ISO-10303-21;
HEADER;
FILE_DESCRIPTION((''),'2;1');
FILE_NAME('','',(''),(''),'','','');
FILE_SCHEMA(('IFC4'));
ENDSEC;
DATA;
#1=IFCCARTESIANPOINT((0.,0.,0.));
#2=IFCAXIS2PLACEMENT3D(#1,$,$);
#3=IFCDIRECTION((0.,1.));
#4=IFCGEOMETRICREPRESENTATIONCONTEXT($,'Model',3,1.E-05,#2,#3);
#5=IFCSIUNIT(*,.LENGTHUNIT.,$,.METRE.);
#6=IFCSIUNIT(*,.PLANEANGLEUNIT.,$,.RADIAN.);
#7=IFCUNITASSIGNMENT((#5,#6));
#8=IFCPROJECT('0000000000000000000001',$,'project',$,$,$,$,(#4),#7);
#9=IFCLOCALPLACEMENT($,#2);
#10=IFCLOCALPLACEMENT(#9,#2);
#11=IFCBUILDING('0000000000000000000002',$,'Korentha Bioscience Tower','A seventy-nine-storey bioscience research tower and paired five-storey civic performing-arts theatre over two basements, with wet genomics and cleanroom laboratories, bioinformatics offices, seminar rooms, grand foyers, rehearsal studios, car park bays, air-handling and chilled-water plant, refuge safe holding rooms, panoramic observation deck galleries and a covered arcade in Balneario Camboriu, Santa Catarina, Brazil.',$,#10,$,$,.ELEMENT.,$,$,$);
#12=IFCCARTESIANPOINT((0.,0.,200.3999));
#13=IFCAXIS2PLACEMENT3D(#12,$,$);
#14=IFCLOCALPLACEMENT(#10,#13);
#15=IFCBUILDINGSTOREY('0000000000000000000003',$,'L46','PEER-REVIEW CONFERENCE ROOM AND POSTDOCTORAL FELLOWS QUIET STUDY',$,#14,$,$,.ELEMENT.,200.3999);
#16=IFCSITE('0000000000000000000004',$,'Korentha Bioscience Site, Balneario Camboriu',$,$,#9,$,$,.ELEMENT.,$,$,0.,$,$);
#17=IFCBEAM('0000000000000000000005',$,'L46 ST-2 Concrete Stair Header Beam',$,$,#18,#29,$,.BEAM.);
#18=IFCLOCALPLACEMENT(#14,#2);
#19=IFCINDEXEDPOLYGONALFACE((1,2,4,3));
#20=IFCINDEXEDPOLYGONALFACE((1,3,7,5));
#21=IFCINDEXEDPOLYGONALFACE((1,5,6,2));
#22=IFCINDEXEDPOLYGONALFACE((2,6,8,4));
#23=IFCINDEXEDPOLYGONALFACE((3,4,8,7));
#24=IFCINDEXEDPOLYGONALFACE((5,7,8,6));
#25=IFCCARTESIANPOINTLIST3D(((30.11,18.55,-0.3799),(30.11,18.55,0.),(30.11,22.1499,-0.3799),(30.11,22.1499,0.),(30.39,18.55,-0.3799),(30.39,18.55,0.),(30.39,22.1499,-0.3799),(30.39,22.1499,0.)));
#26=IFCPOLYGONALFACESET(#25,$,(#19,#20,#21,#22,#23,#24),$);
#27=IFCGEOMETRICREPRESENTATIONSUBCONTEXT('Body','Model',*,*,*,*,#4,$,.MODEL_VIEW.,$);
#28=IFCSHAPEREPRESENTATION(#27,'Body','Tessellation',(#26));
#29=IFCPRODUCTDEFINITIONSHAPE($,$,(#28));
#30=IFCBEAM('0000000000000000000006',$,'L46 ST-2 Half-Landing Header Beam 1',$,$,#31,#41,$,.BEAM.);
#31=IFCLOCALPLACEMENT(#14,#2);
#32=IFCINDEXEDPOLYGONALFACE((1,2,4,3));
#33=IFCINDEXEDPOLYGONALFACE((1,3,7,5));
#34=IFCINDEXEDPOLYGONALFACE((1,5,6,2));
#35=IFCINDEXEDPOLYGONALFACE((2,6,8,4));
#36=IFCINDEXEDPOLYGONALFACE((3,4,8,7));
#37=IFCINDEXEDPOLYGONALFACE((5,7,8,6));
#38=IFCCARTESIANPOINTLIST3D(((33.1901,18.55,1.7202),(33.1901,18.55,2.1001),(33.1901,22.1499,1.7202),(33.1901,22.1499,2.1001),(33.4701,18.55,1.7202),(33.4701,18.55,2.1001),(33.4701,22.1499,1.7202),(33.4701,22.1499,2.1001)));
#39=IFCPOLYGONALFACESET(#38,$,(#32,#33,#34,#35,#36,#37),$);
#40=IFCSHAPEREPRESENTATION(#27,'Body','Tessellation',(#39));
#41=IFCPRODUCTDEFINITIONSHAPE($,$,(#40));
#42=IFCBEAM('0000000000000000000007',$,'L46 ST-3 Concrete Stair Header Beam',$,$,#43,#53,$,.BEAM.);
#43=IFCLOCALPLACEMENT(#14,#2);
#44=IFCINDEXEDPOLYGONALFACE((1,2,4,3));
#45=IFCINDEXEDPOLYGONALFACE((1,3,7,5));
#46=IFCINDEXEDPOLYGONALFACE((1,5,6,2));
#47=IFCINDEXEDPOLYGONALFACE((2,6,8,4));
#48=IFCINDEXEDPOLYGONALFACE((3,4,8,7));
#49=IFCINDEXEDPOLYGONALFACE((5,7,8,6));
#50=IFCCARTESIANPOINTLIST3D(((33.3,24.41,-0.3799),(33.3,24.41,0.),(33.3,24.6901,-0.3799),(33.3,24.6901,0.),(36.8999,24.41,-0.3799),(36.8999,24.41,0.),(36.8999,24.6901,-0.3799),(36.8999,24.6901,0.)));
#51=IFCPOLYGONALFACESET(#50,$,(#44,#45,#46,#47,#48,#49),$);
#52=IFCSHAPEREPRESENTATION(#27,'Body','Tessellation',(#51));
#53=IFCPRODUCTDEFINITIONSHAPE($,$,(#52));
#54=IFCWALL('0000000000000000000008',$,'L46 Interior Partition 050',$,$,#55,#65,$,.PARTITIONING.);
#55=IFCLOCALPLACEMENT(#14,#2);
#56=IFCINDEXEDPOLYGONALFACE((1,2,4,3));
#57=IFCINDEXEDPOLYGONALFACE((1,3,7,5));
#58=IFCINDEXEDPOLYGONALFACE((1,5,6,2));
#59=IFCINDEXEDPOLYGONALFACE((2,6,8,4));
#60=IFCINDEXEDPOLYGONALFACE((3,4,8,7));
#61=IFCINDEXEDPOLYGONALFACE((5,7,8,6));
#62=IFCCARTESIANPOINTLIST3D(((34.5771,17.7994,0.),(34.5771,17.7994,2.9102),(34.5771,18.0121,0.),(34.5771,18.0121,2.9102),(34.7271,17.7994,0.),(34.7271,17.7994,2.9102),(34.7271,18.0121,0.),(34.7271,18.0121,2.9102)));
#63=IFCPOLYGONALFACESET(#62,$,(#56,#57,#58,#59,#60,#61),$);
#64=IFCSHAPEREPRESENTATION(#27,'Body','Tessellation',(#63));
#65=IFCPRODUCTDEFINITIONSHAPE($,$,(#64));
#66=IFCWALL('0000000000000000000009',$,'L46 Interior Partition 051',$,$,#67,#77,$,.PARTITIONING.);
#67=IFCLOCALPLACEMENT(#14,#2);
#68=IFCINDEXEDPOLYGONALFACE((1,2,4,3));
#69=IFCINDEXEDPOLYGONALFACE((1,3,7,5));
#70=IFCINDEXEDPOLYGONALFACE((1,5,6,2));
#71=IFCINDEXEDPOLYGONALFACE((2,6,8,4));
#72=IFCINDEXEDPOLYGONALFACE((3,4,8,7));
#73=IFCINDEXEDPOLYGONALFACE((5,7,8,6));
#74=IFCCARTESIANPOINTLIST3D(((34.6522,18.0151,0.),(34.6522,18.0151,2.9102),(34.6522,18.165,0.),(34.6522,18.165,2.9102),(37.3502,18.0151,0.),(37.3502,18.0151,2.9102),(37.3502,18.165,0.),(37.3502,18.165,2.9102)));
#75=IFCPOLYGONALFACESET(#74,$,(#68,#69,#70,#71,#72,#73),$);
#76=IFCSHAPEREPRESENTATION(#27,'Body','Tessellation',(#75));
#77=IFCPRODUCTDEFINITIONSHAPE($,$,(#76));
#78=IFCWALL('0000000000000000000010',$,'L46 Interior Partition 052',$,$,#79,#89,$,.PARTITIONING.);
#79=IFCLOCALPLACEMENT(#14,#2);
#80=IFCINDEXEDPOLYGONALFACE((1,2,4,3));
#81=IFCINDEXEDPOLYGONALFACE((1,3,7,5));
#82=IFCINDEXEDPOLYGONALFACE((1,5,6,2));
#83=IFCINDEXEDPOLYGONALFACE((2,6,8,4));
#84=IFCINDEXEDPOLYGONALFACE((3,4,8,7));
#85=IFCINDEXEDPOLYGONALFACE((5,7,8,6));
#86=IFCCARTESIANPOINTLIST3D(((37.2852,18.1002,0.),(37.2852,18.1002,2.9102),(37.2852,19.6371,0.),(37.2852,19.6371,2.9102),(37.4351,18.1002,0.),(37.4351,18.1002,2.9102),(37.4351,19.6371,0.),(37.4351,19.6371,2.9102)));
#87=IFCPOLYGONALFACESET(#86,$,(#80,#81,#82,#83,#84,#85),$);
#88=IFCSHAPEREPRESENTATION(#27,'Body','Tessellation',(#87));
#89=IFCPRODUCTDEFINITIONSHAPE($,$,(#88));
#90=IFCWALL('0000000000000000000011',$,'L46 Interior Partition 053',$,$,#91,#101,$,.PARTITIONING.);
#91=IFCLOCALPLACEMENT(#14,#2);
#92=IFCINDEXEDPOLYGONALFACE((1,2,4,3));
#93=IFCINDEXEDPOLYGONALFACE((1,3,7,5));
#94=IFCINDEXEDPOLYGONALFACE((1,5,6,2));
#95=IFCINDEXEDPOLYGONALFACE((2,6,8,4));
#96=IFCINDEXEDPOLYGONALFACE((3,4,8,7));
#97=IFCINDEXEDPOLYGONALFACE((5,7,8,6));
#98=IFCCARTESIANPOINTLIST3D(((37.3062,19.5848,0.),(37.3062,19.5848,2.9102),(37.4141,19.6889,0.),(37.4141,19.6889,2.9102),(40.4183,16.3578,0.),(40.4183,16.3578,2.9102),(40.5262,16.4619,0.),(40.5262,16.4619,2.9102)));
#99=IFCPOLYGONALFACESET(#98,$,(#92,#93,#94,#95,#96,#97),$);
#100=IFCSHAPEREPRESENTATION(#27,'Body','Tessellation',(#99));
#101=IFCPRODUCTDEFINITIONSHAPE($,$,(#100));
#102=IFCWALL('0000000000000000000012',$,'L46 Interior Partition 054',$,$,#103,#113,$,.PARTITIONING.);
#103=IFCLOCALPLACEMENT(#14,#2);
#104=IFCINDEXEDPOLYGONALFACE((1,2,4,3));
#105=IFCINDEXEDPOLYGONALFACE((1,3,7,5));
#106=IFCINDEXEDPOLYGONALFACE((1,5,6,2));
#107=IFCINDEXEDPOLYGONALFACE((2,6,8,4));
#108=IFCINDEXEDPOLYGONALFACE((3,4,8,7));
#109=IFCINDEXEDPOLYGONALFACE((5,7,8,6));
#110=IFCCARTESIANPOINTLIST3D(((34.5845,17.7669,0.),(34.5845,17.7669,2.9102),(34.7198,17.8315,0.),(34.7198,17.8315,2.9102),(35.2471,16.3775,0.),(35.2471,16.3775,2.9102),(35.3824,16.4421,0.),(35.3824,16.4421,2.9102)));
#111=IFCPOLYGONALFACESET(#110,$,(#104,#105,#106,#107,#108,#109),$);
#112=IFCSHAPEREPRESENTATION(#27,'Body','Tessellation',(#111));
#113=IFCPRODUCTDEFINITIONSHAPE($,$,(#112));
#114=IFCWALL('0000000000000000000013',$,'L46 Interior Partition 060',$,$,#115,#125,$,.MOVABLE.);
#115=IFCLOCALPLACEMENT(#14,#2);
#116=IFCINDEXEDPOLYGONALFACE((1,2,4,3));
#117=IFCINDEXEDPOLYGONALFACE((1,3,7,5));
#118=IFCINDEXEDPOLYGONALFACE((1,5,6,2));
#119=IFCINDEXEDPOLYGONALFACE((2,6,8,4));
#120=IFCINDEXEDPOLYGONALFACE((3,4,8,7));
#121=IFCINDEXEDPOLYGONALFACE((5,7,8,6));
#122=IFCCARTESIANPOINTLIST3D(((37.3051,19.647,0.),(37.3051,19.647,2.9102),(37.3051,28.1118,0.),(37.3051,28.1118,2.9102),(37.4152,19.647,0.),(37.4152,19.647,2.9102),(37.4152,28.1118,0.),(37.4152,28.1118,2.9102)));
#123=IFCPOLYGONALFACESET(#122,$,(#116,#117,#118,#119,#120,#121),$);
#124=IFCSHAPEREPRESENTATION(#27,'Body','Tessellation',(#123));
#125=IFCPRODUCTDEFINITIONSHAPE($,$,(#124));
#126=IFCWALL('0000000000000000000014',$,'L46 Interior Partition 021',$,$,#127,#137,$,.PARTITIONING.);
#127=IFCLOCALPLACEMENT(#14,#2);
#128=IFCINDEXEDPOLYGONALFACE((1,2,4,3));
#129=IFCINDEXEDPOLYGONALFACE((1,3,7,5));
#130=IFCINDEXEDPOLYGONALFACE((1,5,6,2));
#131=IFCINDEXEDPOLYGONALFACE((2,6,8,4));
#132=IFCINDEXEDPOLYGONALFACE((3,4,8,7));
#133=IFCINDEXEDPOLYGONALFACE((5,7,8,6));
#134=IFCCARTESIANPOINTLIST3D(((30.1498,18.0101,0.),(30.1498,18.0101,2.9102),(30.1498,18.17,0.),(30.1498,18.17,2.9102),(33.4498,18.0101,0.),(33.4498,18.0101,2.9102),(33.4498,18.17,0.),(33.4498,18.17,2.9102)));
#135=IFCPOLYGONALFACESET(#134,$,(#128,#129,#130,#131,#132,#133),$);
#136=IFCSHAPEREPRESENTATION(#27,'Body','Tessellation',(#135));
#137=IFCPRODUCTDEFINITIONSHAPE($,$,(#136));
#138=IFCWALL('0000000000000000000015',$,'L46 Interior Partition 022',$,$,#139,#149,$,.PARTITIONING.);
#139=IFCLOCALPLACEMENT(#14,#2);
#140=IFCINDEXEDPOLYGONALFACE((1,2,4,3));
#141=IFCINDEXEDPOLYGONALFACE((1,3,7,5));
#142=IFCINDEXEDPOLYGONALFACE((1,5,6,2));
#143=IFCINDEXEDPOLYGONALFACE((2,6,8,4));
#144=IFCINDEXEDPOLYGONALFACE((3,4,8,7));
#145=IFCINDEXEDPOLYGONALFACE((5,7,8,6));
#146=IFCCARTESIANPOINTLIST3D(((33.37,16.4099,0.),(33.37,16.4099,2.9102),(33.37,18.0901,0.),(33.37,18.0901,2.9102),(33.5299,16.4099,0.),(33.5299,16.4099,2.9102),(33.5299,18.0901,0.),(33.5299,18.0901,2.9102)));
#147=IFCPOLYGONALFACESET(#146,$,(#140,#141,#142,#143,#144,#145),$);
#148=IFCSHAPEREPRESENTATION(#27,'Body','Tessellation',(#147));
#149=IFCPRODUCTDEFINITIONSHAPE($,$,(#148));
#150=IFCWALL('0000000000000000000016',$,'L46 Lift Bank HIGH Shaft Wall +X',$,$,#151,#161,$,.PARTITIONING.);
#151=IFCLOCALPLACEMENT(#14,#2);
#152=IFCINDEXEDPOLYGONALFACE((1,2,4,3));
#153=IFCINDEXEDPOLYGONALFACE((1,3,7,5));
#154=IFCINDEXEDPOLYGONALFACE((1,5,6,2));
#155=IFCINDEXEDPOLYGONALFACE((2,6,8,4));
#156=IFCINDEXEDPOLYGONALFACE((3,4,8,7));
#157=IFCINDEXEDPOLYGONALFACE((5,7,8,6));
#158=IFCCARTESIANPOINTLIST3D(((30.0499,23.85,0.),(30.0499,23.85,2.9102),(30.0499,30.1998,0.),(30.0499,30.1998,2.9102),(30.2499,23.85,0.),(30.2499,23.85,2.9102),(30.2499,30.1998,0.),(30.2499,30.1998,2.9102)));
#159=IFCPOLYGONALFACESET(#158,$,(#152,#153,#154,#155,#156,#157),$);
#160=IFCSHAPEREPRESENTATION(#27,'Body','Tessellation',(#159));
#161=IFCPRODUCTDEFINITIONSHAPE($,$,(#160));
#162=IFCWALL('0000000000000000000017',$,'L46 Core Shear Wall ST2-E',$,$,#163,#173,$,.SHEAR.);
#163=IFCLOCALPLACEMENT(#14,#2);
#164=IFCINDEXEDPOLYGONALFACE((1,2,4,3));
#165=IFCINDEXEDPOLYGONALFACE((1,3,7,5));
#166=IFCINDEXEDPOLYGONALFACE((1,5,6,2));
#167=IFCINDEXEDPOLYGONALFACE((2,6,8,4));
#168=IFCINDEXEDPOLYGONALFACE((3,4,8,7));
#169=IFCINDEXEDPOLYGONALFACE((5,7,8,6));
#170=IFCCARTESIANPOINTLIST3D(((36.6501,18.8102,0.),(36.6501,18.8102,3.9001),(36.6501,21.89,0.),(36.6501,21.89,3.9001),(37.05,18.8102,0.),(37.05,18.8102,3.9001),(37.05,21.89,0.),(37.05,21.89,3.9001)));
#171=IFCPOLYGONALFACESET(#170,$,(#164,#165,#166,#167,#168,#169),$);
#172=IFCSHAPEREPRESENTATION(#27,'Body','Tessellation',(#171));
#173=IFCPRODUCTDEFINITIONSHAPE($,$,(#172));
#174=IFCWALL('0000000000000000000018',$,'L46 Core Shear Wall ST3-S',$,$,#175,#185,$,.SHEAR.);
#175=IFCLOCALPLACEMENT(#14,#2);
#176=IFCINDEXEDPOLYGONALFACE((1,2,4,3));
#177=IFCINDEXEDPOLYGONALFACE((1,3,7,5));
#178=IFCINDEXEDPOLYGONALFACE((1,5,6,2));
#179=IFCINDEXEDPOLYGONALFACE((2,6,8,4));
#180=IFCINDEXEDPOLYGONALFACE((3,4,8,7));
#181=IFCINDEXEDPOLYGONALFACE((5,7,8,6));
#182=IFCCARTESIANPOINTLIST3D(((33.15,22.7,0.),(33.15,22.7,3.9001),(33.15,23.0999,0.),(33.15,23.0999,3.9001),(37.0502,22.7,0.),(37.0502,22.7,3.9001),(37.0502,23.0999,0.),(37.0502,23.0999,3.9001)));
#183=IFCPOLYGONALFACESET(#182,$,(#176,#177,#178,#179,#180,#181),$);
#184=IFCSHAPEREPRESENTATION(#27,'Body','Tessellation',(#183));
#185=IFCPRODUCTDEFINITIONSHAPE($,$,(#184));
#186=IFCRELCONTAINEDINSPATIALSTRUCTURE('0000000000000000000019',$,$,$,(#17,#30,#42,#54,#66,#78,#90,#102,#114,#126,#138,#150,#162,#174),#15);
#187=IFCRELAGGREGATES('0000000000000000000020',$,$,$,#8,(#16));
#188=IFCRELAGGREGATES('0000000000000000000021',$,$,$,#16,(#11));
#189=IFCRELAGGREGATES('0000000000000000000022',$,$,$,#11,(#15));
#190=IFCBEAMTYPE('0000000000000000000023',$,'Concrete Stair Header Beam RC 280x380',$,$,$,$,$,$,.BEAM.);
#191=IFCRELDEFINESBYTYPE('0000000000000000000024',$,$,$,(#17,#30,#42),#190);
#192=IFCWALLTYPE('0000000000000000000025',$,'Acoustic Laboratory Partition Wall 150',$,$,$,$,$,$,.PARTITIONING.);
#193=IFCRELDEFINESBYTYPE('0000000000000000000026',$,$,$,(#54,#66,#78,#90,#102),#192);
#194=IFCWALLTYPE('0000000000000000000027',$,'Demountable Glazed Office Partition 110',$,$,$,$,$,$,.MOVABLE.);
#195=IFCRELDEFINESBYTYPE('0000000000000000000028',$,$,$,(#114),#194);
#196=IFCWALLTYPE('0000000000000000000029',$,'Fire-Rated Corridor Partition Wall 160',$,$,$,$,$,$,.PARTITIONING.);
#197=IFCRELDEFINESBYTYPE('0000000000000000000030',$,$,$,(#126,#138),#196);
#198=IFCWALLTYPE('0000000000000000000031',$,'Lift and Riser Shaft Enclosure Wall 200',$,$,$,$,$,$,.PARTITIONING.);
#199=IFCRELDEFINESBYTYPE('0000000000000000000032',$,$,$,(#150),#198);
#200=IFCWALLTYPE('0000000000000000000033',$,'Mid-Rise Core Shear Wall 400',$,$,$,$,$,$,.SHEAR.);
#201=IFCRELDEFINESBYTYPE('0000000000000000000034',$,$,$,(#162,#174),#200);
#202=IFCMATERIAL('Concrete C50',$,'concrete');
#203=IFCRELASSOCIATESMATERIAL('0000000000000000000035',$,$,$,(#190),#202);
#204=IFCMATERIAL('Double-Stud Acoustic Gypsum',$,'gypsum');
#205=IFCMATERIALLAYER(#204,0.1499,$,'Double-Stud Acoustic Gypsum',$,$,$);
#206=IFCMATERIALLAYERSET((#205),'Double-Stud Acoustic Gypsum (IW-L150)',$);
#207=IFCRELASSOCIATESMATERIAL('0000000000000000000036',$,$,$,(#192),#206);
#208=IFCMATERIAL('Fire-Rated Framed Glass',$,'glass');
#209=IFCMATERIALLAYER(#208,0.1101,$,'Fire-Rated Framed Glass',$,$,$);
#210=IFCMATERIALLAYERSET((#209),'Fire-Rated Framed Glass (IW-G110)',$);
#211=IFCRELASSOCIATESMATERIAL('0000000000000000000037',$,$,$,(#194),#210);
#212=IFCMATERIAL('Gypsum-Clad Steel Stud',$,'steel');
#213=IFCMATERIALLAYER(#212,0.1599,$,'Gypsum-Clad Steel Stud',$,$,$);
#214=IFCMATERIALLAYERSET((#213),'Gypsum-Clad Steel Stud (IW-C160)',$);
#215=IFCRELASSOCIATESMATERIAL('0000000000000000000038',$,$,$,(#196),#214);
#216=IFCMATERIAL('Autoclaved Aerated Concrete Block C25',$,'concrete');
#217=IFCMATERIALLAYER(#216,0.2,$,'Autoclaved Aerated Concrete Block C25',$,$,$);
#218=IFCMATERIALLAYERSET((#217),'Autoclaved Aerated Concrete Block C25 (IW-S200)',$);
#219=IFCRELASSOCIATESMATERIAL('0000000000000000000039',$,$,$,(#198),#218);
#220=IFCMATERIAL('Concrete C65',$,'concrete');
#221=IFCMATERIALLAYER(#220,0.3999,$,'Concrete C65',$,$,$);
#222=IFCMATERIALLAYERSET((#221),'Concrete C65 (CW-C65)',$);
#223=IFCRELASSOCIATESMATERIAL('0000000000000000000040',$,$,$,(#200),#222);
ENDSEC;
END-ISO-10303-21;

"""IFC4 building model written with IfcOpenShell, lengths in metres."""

from ifc_helpers import new_model, si_unit, direction, frame, frame_2d, origin, origin_2d, place, context, subcontext, project, spatial, rectangle, extrude, material, layer, layer_set, material_profile, profile_set, type_object, element, save


model = new_model("IFC4")

# Units and contexts
model_context = context("Model", 3, precision=1e-05, world=origin(), true_north=direction((0.0, 1.0)))
body_context = subcontext(model_context, "Body", "Model", "MODEL_VIEW")
ifc_project = project(units=[si_unit("LENGTHUNIT", "METRE"), si_unit("PLANEANGLEUNIT", "RADIAN")], contexts=[model_context])

# Site, building, storey
site_placement = place(None, origin())
site = spatial("IfcSite", under=ifc_project, at=site_placement, Name="Korentha Bioscience Site, Balneario Camboriu", CompositionType="ELEMENT", RefElevation=0.0)
building_placement = place(site_placement, origin())
building = spatial("IfcBuilding", under=site, at=building_placement, Name="Korentha Bioscience Tower", Description="A seventy-nine-storey bioscience research tower and paired five-storey civic performing-arts theatre over two basements, with wet genomics and cleanroom laboratories, bioinformatics offices, seminar rooms, grand foyers, rehearsal studios, car park bays, air-handling and chilled-water plant, refuge safe holding rooms, panoramic observation deck galleries and a covered arcade in Balneario Camboriu, Santa Catarina, Brazil.", CompositionType="ELEMENT")
storey_placement = place(building_placement, frame((0.0, 0.0, 200.3999)))
storey = spatial("IfcBuildingStorey", under=building, at=storey_placement, Name="L46", Description="PEER-REVIEW CONFERENCE ROOM AND POSTDOCTORAL FELLOWS QUIET STUDY", CompositionType="ELEMENT", Elevation=200.3999)

# Beams
ifc_material_1 = material(Name="Concrete C50", Category="concrete")
ifc_material_profile = material_profile(ifc_material_1, rectangle(XDim=0.28, YDim=0.3799, at=origin_2d()), Name="Concrete C50")
ifc_profile_set = profile_set([ifc_material_profile], Name="Concrete C50 (ST-HB380)")
beam_type = type_object("IfcBeamType", Name="Concrete Stair Header Beam RC 280x380", PredefinedType="BEAM", material=ifc_profile_set)
for number, where, z_axis, x_axis, name in (
    (1, (30.25, 18.55, -0.1899), (0.0, 1.0, 0.0), (-1.0, 0.0, 0.0), "L46 ST-2 Concrete Stair Header Beam"),
    (2, (33.3301, 18.55, 1.9102), (0.0, 1.0, 0.0), (-1.0, 0.0, 0.0), "L46 ST-2 Half-Landing Header Beam 1"),
    (3, (36.8999, 24.55, -0.1899), (-1.0, 0.0, 0.0), (0.0, -1.0, 0.0), "L46 ST-3 Concrete Stair Header Beam"),
):
    element("IfcBeam", number, at=place(storey_placement, frame(where, z_axis=z_axis, x_axis=x_axis)), inside=storey, type_object=beam_type, Name=name, PredefinedType="BEAM", context=body_context, shape_type="SweptSolid", body=[
        extrude(rectangle(XDim=0.28, YDim=0.3799, at=origin_2d()), origin(), (0.0, 0.0, 1.0), 3.5999),
    ])

# Walls
ifc_material_2 = material(Name="Double-Stud Acoustic Gypsum", Category="gypsum")
ifc_layer_1 = layer(ifc_material_2, 0.1499, Name="Double-Stud Acoustic Gypsum")
ifc_layer_set_1 = layer_set([ifc_layer_1], Name="Double-Stud Acoustic Gypsum (IW-L150)")
wall_type_1 = type_object("IfcWallType", Name="Acoustic Laboratory Partition Wall 150", PredefinedType="PARTITIONING", material=ifc_layer_set_1)
wall_1_placement = place(storey_placement, frame((34.6521, 17.7993, 0.0), z_axis=(0.0, 0.0, 1.0), x_axis=(0.0, 1.0, 0.0)))
element("IfcWall", 4, at=wall_1_placement, inside=storey, type_object=wall_type_1, Name="L46 Interior Partition 050", PredefinedType="PARTITIONING", context=body_context, shape_type="SweptSolid", body=[
    extrude(rectangle(XDim=0.2126, YDim=0.1499, at=frame_2d((0.1064, 0.0))), origin(), (0.0, 0.0, 1.0), 2.9102),
])
wall_2_placement = place(storey_placement, frame((34.6521, 18.0901, 0.0), z_axis=(0.0, 0.0, 1.0), x_axis=(1.0, 0.0, 0.0)))
element("IfcWall", 5, at=wall_2_placement, inside=storey, type_object=wall_type_1, Name="L46 Interior Partition 051", PredefinedType="PARTITIONING", context=body_context, shape_type="SweptSolid", body=[
    extrude(rectangle(XDim=2.698, YDim=0.1499, at=frame_2d((1.3491, 0.0))), origin(), (0.0, 0.0, 1.0), 2.9102),
])
wall_3_placement = place(storey_placement, frame((37.3601, 18.1001, 0.0), z_axis=(0.0, 0.0, 1.0), x_axis=(0.0, 1.0, 0.0)))
element("IfcWall", 6, at=wall_3_placement, inside=storey, type_object=wall_type_1, Name="L46 Interior Partition 052", PredefinedType="PARTITIONING", context=body_context, shape_type="SweptSolid", body=[
    extrude(rectangle(XDim=1.5369, YDim=0.1499, at=frame_2d((0.7686, 0.0))), origin(), (0.0, 0.0, 1.0), 2.9102),
])
wall_4_placement = place(storey_placement, frame((37.3601, 19.637, 0.0), z_axis=(0.0, 0.0, 1.0), x_axis=(0.694166, -0.719815, 0.0)))
element("IfcWall", 7, at=wall_4_placement, inside=storey, type_object=wall_type_1, Name="L46 Interior Partition 053", PredefinedType="PARTITIONING", context=body_context, shape_type="SweptSolid", body=[
    extrude(rectangle(XDim=4.4832, YDim=0.1499, at=frame_2d((2.2417, 0.0))), origin(), (0.0, 0.0, 1.0), 2.9102),
])
wall_5_placement = place(storey_placement, frame((35.3147, 16.4099, 0.0), z_axis=(0.0, 0.0, 1.0), x_axis=(-0.430451, 0.902614, 0.0)))
element("IfcWall", 8, at=wall_5_placement, inside=storey, type_object=wall_type_1, Name="L46 Interior Partition 054", PredefinedType="PARTITIONING", context=body_context, shape_type="SweptSolid", body=[
    extrude(rectangle(XDim=1.5393, YDim=0.1499, at=frame_2d((0.7695, 0.0))), origin(), (0.0, 0.0, 1.0), 2.9102),
])
ifc_material_3 = material(Name="Fire-Rated Framed Glass", Category="glass")
ifc_layer_2 = layer(ifc_material_3, 0.1101, Name="Fire-Rated Framed Glass")
ifc_layer_set_2 = layer_set([ifc_layer_2], Name="Fire-Rated Framed Glass (IW-G110)")
wall_type_2 = type_object("IfcWallType", Name="Demountable Glazed Office Partition 110", PredefinedType="MOVABLE", material=ifc_layer_set_2)
wall_6_placement = place(storey_placement, frame((37.3601, 19.647, 0.0), z_axis=(0.0, 0.0, 1.0), x_axis=(0.0, 1.0, 0.0)))
element("IfcWall", 9, at=wall_6_placement, inside=storey, type_object=wall_type_2, Name="L46 Interior Partition 060", PredefinedType="MOVABLE", context=body_context, shape_type="SweptSolid", body=[
    extrude(rectangle(XDim=8.4648, YDim=0.1101, at=frame_2d((4.2324, 0.0))), origin(), (0.0, 0.0, 1.0), 2.9102),
])
ifc_material_4 = material(Name="Gypsum-Clad Steel Stud", Category="steel")
ifc_layer_3 = layer(ifc_material_4, 0.1599, Name="Gypsum-Clad Steel Stud")
ifc_layer_set_3 = layer_set([ifc_layer_3], Name="Gypsum-Clad Steel Stud (IW-C160)")
wall_type_3 = type_object("IfcWallType", Name="Fire-Rated Corridor Partition Wall 160", PredefinedType="PARTITIONING", material=ifc_layer_set_3)
wall_7_placement = place(storey_placement, frame((30.1499, 18.0901, 0.0), z_axis=(0.0, 0.0, 1.0), x_axis=(1.0, 0.0, 0.0)))
element("IfcWall", 10, at=wall_7_placement, inside=storey, type_object=wall_type_3, Name="L46 Interior Partition 021", PredefinedType="PARTITIONING", context=body_context, shape_type="SweptSolid", body=[
    extrude(rectangle(XDim=3.3, YDim=0.1599, at=frame_2d((1.6499, 0.0))), origin(), (0.0, 0.0, 1.0), 2.9102),
])
wall_8_placement = place(storey_placement, frame((33.45, 18.0901, 0.0), z_axis=(0.0, 0.0, 1.0), x_axis=(0.0, -1.0, 0.0)))
element("IfcWall", 11, at=wall_8_placement, inside=storey, type_object=wall_type_3, Name="L46 Interior Partition 022", PredefinedType="PARTITIONING", context=body_context, shape_type="SweptSolid", body=[
    extrude(rectangle(XDim=1.6802, YDim=0.1599, at=frame_2d((0.8401, 0.0))), origin(), (0.0, 0.0, 1.0), 2.9102),
])
ifc_material_5 = material(Name="Autoclaved Aerated Concrete Block C25", Category="concrete")
ifc_layer_4 = layer(ifc_material_5, 0.2, Name="Autoclaved Aerated Concrete Block C25")
ifc_layer_set_4 = layer_set([ifc_layer_4], Name="Autoclaved Aerated Concrete Block C25 (IW-S200)")
wall_type_4 = type_object("IfcWallType", Name="Lift and Riser Shaft Enclosure Wall 200", PredefinedType="PARTITIONING", material=ifc_layer_set_4)
wall_9_placement = place(storey_placement, frame((30.1499, 23.8501, 0.0), z_axis=(0.0, 0.0, 1.0), x_axis=(0.0, 1.0, 0.0)))
element("IfcWall", 12, at=wall_9_placement, inside=storey, type_object=wall_type_4, Name="L46 Lift Bank HIGH Shaft Wall +X", PredefinedType="PARTITIONING", context=body_context, shape_type="SweptSolid", body=[
    extrude(rectangle(XDim=6.3499, YDim=0.2, at=frame_2d((3.1748, 0.0))), origin(), (0.0, 0.0, 1.0), 2.9102),
])
ifc_material_6 = material(Name="Concrete C65", Category="concrete")
ifc_layer_5 = layer(ifc_material_6, 0.3999, Name="Concrete C65")
ifc_layer_set_5 = layer_set([ifc_layer_5], Name="Concrete C65 (CW-C65)")
wall_type_5 = type_object("IfcWallType", Name="Mid-Rise Core Shear Wall 400", PredefinedType="SHEAR", material=ifc_layer_set_5)
wall_10_placement = place(storey_placement, frame((36.8501, 18.8101, 0.0), z_axis=(0.0, 0.0, 1.0), x_axis=(0.0, 1.0, 0.0)))
element("IfcWall", 13, at=wall_10_placement, inside=storey, type_object=wall_type_5, Name="L46 Core Shear Wall ST2-E", PredefinedType="SHEAR", context=body_context, shape_type="SweptSolid", body=[
    extrude(rectangle(XDim=3.0798, YDim=0.3999, at=frame_2d((1.54, 0.0))), origin(), (0.0, 0.0, 1.0), 3.9001),
])
wall_11_placement = place(storey_placement, frame((33.1499, 22.8999, 0.0), z_axis=(0.0, 0.0, 1.0), x_axis=(1.0, 0.0, 0.0)))
element("IfcWall", 14, at=wall_11_placement, inside=storey, type_object=wall_type_5, Name="L46 Core Shear Wall ST3-S", PredefinedType="SHEAR", context=body_context, shape_type="SweptSolid", body=[
    extrude(rectangle(XDim=3.9001, YDim=0.3999, at=frame_2d((1.9502, 0.0))), origin(), (0.0, 0.0, 1.0), 3.9001),
])

save(model, "model.ifc")
